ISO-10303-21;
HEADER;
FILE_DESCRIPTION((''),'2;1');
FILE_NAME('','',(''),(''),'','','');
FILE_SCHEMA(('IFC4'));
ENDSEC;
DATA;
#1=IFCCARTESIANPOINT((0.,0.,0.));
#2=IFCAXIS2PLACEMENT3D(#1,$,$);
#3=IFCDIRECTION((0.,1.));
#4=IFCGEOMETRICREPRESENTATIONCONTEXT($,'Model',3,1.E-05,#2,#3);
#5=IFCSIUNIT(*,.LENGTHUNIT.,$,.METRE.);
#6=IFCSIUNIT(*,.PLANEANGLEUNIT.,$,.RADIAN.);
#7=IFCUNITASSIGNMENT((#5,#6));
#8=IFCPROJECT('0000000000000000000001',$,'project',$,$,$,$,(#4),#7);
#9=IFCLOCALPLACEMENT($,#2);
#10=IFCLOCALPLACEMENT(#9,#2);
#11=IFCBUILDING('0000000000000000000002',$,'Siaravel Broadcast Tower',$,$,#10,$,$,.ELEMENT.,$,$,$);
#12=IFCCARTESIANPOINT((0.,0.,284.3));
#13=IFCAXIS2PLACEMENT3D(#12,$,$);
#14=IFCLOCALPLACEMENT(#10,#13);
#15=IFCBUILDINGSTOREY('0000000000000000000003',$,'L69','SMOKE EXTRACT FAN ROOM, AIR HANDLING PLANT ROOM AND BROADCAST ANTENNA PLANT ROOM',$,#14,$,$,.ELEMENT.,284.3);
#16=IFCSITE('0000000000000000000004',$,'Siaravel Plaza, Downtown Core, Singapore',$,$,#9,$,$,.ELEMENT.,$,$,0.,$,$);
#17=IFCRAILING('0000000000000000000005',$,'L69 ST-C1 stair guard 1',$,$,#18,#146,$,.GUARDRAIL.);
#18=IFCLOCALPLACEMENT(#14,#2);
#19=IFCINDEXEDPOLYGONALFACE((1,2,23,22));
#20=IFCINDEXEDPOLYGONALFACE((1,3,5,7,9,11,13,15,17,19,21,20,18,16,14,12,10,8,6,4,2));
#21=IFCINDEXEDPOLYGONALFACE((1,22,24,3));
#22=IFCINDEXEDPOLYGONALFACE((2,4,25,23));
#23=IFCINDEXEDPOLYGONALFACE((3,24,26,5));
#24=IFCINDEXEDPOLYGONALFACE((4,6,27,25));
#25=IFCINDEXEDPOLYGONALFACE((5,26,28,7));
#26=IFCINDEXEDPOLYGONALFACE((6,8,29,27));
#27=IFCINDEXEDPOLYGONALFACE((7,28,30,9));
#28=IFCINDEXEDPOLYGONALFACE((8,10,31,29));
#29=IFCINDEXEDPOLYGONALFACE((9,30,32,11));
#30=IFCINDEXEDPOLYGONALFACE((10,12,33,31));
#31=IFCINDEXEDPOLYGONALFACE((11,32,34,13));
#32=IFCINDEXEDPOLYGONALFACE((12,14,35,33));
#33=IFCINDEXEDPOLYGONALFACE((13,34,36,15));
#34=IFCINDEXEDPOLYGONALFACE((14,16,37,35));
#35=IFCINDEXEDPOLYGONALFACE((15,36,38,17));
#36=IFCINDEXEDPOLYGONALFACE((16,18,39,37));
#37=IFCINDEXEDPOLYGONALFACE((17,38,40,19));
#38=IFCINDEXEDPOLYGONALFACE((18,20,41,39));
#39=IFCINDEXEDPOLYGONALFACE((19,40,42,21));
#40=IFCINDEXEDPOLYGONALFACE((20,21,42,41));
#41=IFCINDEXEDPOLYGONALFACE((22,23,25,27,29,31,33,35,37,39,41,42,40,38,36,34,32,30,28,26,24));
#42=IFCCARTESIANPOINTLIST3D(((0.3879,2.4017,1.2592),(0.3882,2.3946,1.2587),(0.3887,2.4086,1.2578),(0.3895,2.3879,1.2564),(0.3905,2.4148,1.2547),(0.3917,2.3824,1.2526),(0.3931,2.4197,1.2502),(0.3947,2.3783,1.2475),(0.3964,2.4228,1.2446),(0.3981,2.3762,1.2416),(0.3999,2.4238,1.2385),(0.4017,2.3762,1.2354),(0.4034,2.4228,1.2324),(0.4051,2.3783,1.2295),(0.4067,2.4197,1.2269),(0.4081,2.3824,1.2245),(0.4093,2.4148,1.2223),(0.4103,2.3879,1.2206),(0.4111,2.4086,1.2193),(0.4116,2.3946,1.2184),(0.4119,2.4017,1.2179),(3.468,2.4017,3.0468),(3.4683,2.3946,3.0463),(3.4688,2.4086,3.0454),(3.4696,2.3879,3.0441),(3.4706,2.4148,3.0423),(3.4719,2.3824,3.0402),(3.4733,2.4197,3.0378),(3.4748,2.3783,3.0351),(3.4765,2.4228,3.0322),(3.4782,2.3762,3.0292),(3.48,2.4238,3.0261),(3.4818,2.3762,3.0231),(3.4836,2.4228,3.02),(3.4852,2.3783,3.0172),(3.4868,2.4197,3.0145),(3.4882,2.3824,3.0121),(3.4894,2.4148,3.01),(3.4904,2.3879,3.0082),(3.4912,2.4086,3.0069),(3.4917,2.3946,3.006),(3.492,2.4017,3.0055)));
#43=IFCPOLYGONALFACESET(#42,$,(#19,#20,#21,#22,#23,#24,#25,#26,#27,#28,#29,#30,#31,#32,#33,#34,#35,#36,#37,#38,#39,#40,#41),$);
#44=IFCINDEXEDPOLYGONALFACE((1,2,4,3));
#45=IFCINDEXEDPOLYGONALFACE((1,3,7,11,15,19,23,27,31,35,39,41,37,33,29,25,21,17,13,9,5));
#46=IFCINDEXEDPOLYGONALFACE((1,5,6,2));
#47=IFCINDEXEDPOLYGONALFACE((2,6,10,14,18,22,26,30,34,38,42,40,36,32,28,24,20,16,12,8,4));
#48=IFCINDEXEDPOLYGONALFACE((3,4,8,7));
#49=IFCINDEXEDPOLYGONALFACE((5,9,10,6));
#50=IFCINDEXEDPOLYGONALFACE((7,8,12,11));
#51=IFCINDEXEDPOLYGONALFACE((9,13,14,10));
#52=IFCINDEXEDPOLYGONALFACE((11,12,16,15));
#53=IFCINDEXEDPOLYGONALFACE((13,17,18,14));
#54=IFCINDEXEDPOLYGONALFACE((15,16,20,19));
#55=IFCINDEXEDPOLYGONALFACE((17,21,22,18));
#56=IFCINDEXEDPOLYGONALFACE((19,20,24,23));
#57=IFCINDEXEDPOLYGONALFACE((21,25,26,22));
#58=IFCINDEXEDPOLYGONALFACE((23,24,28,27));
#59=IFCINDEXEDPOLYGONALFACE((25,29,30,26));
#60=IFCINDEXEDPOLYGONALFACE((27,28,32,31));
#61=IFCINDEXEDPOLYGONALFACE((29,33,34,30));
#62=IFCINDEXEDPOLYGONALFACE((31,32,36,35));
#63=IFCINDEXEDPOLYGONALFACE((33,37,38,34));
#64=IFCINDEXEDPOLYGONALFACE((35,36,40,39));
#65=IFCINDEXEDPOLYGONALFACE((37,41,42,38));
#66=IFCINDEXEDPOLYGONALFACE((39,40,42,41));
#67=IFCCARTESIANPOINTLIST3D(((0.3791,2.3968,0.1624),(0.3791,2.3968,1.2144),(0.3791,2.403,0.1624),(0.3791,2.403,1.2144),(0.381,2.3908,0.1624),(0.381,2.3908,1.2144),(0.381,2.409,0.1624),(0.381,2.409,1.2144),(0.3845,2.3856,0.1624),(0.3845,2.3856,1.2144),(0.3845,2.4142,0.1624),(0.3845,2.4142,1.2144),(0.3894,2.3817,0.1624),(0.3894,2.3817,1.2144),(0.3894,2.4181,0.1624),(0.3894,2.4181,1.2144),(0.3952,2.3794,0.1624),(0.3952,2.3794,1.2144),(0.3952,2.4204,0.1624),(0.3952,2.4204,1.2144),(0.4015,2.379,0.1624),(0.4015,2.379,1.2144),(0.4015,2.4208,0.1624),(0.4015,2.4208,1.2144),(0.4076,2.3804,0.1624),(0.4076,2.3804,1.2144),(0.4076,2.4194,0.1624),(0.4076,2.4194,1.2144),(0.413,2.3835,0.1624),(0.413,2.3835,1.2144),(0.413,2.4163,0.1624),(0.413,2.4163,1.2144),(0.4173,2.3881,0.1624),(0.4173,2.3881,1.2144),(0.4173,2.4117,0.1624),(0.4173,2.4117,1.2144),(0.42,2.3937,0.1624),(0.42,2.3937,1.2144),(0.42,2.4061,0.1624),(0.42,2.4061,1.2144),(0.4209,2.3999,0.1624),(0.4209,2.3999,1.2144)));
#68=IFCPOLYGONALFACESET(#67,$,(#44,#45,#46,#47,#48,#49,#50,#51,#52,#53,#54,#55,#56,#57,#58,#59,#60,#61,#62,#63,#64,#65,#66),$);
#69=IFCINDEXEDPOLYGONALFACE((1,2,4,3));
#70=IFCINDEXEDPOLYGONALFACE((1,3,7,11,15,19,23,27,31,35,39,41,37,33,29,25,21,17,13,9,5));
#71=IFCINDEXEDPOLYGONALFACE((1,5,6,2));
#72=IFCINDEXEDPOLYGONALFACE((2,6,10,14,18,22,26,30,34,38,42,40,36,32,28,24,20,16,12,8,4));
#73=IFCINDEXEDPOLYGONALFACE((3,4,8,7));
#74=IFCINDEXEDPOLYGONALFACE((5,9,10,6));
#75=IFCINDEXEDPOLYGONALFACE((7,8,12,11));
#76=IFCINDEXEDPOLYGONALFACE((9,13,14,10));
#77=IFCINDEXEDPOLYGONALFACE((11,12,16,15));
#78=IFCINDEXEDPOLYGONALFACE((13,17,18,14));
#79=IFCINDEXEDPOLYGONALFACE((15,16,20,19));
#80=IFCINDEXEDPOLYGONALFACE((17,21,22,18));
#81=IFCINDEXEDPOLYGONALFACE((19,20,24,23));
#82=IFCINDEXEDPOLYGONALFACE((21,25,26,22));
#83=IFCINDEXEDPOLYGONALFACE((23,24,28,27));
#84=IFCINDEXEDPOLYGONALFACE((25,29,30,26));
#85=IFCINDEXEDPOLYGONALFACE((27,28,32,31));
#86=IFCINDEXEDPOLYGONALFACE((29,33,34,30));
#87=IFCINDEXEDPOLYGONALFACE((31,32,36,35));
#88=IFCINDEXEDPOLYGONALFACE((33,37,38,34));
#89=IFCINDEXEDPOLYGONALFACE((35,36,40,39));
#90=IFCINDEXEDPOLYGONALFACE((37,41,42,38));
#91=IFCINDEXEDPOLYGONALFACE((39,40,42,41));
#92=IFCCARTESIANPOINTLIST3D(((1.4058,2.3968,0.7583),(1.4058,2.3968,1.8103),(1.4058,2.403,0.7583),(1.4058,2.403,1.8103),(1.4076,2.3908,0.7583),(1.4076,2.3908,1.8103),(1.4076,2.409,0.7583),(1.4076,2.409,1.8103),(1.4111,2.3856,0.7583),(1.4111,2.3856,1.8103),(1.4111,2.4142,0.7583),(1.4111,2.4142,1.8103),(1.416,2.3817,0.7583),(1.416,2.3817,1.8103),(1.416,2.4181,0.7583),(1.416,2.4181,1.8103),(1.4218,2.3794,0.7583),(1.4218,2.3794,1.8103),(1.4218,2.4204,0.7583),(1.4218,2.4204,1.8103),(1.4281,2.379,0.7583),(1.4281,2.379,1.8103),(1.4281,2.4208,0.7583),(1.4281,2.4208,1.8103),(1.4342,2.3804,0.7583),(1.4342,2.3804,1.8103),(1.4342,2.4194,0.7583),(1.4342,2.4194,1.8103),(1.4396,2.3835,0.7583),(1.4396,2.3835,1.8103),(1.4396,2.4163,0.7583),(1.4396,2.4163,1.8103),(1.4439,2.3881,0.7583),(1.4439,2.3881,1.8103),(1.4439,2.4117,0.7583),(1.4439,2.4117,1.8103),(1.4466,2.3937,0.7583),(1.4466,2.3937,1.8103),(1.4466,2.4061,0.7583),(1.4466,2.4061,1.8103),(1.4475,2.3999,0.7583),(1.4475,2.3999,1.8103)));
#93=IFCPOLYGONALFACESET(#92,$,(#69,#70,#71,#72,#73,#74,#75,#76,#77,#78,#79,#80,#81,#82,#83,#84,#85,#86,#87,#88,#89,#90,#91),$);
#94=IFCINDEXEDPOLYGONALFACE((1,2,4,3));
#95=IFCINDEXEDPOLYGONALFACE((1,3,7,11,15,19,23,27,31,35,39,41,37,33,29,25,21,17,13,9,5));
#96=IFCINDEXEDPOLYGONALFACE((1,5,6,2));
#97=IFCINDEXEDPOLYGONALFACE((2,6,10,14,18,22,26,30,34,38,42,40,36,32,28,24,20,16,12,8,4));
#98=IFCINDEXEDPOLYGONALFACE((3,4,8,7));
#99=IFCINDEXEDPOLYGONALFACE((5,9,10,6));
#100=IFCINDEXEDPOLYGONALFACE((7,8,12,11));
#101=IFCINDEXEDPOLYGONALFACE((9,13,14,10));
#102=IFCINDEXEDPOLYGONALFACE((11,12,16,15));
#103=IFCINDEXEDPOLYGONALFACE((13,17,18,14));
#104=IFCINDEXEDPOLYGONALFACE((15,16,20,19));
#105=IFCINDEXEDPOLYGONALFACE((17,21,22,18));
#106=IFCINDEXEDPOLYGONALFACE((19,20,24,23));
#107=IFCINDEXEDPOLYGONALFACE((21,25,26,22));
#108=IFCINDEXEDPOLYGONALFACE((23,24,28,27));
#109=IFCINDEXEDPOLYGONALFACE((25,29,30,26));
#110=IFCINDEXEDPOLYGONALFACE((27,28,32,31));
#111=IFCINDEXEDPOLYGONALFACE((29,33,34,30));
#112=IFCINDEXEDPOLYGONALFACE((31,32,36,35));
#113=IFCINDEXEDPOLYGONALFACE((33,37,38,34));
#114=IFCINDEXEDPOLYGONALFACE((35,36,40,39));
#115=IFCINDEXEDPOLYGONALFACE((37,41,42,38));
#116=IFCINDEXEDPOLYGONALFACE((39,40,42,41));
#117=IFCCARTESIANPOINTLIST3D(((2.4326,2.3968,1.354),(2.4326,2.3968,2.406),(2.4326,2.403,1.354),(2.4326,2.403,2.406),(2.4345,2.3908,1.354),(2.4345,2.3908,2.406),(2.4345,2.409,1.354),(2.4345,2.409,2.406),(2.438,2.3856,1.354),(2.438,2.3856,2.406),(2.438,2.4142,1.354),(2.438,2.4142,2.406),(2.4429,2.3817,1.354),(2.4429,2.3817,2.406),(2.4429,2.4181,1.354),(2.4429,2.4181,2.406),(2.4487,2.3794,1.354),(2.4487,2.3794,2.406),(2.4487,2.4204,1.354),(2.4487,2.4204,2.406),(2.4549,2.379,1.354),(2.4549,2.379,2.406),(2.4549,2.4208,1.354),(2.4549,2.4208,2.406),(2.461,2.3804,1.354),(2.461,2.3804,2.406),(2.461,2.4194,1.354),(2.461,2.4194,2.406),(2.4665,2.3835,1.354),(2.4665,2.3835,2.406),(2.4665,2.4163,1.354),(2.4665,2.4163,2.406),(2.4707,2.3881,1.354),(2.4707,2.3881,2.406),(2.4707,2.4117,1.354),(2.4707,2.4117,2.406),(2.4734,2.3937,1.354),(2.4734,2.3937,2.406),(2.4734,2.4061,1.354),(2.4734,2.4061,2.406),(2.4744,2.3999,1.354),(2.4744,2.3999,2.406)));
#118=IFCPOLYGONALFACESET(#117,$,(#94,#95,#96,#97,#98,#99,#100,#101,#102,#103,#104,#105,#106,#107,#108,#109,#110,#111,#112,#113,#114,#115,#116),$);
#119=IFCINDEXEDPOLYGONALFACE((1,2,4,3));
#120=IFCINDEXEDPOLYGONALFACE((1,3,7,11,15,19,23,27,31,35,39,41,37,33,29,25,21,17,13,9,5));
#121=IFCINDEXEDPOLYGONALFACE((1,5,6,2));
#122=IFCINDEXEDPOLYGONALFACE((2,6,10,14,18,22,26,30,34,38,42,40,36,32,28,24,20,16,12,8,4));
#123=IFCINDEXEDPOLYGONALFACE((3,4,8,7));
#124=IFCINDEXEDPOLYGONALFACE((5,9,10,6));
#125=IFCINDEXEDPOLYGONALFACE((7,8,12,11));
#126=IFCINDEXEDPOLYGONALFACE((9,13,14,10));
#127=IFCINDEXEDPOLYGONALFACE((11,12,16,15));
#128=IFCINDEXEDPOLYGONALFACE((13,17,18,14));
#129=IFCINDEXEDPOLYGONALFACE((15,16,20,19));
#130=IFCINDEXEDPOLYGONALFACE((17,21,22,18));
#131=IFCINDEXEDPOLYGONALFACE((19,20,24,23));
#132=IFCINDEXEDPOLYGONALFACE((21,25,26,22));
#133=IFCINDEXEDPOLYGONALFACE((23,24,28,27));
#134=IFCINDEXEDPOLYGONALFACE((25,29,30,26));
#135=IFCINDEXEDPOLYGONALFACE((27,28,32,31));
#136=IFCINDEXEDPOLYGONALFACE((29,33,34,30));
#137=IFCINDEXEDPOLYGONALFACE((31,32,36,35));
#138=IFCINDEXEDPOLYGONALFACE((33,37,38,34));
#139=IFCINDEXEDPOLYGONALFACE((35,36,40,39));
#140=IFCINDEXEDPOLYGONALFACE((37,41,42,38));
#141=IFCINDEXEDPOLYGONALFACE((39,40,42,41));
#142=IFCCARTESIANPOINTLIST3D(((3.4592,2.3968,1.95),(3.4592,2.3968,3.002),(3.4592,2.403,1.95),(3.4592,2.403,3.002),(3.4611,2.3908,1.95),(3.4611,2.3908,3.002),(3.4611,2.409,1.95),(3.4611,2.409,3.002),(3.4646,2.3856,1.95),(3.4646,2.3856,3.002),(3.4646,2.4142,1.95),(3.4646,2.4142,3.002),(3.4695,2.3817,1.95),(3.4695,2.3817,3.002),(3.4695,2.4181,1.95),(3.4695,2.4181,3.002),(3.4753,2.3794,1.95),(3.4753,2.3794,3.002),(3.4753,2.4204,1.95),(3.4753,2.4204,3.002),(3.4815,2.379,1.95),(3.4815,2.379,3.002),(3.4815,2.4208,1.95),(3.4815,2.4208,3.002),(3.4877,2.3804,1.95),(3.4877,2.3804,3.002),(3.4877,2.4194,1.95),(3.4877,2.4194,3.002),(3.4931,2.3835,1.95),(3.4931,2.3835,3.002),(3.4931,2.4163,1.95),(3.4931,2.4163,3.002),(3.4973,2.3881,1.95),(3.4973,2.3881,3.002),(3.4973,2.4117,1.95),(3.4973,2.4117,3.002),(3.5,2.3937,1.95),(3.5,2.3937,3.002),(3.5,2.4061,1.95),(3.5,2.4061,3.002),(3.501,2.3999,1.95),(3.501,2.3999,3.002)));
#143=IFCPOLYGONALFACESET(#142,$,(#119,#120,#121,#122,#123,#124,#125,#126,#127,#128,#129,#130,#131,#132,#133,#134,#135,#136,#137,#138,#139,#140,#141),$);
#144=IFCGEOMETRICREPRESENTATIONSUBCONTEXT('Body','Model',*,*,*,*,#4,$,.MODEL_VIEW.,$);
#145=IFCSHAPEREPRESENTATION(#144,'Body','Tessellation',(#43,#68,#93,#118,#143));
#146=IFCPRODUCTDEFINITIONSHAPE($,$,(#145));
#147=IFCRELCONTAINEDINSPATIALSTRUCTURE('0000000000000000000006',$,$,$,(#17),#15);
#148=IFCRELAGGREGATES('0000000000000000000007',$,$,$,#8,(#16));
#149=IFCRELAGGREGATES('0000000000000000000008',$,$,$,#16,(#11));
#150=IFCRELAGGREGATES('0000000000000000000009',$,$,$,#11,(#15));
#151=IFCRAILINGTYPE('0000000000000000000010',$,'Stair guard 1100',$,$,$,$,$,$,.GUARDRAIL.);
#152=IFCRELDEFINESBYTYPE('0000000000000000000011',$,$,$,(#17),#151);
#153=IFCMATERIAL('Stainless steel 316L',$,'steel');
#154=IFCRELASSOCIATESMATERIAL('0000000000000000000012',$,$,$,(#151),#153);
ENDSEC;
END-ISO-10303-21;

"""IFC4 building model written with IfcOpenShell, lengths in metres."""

from ifc_helpers import new_model, si_unit, direction, frame, origin, origin_2d, place, context, subcontext, project, spatial, circle, extrude, material, type_object, element, save


model = new_model("IFC4")

# Units and contexts
model_context = context("Model", 3, precision=1e-05, world=origin(), true_north=direction((0.0, 1.0)))
body_context = subcontext(model_context, "Body", "Model", "MODEL_VIEW")
ifc_project = project(units=[si_unit("LENGTHUNIT", "METRE"), si_unit("PLANEANGLEUNIT", "RADIAN")], contexts=[model_context])

# Site, building, storey
site_placement = place(None, origin())
site = spatial("IfcSite", under=ifc_project, at=site_placement, Name="Siaravel Plaza, Downtown Core, Singapore", CompositionType="ELEMENT", RefElevation=0.0)
building_placement = place(site_placement, origin())
building = spatial("IfcBuilding", under=site, at=building_placement, Name="Siaravel Broadcast Tower", CompositionType="ELEMENT")
storey_placement = place(building_placement, frame((0.0, 0.0, 284.3)))
storey = spatial("IfcBuildingStorey", under=building, at=storey_placement, Name="L69", Description="SMOKE EXTRACT FAN ROOM, AIR HANDLING PLANT ROOM AND BROADCAST ANTENNA PLANT ROOM", CompositionType="ELEMENT", Elevation=284.3)

# Railing
ifc_material_1 = material(Name="Stainless steel 316L", Category="steel")
railing_type_1 = type_object("IfcRailingType", Name="Stair guard 1100", PredefinedType="GUARDRAIL", material=ifc_material_1)
railing_1_placement = place(storey_placement, frame((0.3999, 2.3999, 0.1624)))
element("IfcRailing", 1, at=railing_1_placement, inside=storey, type_object=railing_type_1, Name="L69 ST-C1 stair guard 1", PredefinedType="GUARDRAIL", context=body_context, shape_type="SweptSolid", body=[
    extrude(circle(Radius=0.0239, at=origin_2d()), frame((0.0, 0.0, 1.0762), z_axis=(0.864891, 0.0, 0.50196), x_axis=(0.0, 1.0, 0.0)), (0.0, 0.0, 1.0), 3.5613),
    extrude(circle(Radius=0.021, at=origin_2d()), origin(), (0.0, 0.0, 1.0), 1.052),
    extrude(circle(Radius=0.021, at=origin_2d()), frame((1.0266, 0.0, 0.5959)), (0.0, 0.0, 1.0), 1.052),
    extrude(circle(Radius=0.021, at=origin_2d()), frame((2.0535, 0.0, 1.1917)), (0.0, 0.0, 1.0), 1.052),
    extrude(circle(Radius=0.021, at=origin_2d()), frame((3.0801, 0.0, 1.7876)), (0.0, 0.0, 1.0), 1.052),
])

save(model, "model.ifc")
